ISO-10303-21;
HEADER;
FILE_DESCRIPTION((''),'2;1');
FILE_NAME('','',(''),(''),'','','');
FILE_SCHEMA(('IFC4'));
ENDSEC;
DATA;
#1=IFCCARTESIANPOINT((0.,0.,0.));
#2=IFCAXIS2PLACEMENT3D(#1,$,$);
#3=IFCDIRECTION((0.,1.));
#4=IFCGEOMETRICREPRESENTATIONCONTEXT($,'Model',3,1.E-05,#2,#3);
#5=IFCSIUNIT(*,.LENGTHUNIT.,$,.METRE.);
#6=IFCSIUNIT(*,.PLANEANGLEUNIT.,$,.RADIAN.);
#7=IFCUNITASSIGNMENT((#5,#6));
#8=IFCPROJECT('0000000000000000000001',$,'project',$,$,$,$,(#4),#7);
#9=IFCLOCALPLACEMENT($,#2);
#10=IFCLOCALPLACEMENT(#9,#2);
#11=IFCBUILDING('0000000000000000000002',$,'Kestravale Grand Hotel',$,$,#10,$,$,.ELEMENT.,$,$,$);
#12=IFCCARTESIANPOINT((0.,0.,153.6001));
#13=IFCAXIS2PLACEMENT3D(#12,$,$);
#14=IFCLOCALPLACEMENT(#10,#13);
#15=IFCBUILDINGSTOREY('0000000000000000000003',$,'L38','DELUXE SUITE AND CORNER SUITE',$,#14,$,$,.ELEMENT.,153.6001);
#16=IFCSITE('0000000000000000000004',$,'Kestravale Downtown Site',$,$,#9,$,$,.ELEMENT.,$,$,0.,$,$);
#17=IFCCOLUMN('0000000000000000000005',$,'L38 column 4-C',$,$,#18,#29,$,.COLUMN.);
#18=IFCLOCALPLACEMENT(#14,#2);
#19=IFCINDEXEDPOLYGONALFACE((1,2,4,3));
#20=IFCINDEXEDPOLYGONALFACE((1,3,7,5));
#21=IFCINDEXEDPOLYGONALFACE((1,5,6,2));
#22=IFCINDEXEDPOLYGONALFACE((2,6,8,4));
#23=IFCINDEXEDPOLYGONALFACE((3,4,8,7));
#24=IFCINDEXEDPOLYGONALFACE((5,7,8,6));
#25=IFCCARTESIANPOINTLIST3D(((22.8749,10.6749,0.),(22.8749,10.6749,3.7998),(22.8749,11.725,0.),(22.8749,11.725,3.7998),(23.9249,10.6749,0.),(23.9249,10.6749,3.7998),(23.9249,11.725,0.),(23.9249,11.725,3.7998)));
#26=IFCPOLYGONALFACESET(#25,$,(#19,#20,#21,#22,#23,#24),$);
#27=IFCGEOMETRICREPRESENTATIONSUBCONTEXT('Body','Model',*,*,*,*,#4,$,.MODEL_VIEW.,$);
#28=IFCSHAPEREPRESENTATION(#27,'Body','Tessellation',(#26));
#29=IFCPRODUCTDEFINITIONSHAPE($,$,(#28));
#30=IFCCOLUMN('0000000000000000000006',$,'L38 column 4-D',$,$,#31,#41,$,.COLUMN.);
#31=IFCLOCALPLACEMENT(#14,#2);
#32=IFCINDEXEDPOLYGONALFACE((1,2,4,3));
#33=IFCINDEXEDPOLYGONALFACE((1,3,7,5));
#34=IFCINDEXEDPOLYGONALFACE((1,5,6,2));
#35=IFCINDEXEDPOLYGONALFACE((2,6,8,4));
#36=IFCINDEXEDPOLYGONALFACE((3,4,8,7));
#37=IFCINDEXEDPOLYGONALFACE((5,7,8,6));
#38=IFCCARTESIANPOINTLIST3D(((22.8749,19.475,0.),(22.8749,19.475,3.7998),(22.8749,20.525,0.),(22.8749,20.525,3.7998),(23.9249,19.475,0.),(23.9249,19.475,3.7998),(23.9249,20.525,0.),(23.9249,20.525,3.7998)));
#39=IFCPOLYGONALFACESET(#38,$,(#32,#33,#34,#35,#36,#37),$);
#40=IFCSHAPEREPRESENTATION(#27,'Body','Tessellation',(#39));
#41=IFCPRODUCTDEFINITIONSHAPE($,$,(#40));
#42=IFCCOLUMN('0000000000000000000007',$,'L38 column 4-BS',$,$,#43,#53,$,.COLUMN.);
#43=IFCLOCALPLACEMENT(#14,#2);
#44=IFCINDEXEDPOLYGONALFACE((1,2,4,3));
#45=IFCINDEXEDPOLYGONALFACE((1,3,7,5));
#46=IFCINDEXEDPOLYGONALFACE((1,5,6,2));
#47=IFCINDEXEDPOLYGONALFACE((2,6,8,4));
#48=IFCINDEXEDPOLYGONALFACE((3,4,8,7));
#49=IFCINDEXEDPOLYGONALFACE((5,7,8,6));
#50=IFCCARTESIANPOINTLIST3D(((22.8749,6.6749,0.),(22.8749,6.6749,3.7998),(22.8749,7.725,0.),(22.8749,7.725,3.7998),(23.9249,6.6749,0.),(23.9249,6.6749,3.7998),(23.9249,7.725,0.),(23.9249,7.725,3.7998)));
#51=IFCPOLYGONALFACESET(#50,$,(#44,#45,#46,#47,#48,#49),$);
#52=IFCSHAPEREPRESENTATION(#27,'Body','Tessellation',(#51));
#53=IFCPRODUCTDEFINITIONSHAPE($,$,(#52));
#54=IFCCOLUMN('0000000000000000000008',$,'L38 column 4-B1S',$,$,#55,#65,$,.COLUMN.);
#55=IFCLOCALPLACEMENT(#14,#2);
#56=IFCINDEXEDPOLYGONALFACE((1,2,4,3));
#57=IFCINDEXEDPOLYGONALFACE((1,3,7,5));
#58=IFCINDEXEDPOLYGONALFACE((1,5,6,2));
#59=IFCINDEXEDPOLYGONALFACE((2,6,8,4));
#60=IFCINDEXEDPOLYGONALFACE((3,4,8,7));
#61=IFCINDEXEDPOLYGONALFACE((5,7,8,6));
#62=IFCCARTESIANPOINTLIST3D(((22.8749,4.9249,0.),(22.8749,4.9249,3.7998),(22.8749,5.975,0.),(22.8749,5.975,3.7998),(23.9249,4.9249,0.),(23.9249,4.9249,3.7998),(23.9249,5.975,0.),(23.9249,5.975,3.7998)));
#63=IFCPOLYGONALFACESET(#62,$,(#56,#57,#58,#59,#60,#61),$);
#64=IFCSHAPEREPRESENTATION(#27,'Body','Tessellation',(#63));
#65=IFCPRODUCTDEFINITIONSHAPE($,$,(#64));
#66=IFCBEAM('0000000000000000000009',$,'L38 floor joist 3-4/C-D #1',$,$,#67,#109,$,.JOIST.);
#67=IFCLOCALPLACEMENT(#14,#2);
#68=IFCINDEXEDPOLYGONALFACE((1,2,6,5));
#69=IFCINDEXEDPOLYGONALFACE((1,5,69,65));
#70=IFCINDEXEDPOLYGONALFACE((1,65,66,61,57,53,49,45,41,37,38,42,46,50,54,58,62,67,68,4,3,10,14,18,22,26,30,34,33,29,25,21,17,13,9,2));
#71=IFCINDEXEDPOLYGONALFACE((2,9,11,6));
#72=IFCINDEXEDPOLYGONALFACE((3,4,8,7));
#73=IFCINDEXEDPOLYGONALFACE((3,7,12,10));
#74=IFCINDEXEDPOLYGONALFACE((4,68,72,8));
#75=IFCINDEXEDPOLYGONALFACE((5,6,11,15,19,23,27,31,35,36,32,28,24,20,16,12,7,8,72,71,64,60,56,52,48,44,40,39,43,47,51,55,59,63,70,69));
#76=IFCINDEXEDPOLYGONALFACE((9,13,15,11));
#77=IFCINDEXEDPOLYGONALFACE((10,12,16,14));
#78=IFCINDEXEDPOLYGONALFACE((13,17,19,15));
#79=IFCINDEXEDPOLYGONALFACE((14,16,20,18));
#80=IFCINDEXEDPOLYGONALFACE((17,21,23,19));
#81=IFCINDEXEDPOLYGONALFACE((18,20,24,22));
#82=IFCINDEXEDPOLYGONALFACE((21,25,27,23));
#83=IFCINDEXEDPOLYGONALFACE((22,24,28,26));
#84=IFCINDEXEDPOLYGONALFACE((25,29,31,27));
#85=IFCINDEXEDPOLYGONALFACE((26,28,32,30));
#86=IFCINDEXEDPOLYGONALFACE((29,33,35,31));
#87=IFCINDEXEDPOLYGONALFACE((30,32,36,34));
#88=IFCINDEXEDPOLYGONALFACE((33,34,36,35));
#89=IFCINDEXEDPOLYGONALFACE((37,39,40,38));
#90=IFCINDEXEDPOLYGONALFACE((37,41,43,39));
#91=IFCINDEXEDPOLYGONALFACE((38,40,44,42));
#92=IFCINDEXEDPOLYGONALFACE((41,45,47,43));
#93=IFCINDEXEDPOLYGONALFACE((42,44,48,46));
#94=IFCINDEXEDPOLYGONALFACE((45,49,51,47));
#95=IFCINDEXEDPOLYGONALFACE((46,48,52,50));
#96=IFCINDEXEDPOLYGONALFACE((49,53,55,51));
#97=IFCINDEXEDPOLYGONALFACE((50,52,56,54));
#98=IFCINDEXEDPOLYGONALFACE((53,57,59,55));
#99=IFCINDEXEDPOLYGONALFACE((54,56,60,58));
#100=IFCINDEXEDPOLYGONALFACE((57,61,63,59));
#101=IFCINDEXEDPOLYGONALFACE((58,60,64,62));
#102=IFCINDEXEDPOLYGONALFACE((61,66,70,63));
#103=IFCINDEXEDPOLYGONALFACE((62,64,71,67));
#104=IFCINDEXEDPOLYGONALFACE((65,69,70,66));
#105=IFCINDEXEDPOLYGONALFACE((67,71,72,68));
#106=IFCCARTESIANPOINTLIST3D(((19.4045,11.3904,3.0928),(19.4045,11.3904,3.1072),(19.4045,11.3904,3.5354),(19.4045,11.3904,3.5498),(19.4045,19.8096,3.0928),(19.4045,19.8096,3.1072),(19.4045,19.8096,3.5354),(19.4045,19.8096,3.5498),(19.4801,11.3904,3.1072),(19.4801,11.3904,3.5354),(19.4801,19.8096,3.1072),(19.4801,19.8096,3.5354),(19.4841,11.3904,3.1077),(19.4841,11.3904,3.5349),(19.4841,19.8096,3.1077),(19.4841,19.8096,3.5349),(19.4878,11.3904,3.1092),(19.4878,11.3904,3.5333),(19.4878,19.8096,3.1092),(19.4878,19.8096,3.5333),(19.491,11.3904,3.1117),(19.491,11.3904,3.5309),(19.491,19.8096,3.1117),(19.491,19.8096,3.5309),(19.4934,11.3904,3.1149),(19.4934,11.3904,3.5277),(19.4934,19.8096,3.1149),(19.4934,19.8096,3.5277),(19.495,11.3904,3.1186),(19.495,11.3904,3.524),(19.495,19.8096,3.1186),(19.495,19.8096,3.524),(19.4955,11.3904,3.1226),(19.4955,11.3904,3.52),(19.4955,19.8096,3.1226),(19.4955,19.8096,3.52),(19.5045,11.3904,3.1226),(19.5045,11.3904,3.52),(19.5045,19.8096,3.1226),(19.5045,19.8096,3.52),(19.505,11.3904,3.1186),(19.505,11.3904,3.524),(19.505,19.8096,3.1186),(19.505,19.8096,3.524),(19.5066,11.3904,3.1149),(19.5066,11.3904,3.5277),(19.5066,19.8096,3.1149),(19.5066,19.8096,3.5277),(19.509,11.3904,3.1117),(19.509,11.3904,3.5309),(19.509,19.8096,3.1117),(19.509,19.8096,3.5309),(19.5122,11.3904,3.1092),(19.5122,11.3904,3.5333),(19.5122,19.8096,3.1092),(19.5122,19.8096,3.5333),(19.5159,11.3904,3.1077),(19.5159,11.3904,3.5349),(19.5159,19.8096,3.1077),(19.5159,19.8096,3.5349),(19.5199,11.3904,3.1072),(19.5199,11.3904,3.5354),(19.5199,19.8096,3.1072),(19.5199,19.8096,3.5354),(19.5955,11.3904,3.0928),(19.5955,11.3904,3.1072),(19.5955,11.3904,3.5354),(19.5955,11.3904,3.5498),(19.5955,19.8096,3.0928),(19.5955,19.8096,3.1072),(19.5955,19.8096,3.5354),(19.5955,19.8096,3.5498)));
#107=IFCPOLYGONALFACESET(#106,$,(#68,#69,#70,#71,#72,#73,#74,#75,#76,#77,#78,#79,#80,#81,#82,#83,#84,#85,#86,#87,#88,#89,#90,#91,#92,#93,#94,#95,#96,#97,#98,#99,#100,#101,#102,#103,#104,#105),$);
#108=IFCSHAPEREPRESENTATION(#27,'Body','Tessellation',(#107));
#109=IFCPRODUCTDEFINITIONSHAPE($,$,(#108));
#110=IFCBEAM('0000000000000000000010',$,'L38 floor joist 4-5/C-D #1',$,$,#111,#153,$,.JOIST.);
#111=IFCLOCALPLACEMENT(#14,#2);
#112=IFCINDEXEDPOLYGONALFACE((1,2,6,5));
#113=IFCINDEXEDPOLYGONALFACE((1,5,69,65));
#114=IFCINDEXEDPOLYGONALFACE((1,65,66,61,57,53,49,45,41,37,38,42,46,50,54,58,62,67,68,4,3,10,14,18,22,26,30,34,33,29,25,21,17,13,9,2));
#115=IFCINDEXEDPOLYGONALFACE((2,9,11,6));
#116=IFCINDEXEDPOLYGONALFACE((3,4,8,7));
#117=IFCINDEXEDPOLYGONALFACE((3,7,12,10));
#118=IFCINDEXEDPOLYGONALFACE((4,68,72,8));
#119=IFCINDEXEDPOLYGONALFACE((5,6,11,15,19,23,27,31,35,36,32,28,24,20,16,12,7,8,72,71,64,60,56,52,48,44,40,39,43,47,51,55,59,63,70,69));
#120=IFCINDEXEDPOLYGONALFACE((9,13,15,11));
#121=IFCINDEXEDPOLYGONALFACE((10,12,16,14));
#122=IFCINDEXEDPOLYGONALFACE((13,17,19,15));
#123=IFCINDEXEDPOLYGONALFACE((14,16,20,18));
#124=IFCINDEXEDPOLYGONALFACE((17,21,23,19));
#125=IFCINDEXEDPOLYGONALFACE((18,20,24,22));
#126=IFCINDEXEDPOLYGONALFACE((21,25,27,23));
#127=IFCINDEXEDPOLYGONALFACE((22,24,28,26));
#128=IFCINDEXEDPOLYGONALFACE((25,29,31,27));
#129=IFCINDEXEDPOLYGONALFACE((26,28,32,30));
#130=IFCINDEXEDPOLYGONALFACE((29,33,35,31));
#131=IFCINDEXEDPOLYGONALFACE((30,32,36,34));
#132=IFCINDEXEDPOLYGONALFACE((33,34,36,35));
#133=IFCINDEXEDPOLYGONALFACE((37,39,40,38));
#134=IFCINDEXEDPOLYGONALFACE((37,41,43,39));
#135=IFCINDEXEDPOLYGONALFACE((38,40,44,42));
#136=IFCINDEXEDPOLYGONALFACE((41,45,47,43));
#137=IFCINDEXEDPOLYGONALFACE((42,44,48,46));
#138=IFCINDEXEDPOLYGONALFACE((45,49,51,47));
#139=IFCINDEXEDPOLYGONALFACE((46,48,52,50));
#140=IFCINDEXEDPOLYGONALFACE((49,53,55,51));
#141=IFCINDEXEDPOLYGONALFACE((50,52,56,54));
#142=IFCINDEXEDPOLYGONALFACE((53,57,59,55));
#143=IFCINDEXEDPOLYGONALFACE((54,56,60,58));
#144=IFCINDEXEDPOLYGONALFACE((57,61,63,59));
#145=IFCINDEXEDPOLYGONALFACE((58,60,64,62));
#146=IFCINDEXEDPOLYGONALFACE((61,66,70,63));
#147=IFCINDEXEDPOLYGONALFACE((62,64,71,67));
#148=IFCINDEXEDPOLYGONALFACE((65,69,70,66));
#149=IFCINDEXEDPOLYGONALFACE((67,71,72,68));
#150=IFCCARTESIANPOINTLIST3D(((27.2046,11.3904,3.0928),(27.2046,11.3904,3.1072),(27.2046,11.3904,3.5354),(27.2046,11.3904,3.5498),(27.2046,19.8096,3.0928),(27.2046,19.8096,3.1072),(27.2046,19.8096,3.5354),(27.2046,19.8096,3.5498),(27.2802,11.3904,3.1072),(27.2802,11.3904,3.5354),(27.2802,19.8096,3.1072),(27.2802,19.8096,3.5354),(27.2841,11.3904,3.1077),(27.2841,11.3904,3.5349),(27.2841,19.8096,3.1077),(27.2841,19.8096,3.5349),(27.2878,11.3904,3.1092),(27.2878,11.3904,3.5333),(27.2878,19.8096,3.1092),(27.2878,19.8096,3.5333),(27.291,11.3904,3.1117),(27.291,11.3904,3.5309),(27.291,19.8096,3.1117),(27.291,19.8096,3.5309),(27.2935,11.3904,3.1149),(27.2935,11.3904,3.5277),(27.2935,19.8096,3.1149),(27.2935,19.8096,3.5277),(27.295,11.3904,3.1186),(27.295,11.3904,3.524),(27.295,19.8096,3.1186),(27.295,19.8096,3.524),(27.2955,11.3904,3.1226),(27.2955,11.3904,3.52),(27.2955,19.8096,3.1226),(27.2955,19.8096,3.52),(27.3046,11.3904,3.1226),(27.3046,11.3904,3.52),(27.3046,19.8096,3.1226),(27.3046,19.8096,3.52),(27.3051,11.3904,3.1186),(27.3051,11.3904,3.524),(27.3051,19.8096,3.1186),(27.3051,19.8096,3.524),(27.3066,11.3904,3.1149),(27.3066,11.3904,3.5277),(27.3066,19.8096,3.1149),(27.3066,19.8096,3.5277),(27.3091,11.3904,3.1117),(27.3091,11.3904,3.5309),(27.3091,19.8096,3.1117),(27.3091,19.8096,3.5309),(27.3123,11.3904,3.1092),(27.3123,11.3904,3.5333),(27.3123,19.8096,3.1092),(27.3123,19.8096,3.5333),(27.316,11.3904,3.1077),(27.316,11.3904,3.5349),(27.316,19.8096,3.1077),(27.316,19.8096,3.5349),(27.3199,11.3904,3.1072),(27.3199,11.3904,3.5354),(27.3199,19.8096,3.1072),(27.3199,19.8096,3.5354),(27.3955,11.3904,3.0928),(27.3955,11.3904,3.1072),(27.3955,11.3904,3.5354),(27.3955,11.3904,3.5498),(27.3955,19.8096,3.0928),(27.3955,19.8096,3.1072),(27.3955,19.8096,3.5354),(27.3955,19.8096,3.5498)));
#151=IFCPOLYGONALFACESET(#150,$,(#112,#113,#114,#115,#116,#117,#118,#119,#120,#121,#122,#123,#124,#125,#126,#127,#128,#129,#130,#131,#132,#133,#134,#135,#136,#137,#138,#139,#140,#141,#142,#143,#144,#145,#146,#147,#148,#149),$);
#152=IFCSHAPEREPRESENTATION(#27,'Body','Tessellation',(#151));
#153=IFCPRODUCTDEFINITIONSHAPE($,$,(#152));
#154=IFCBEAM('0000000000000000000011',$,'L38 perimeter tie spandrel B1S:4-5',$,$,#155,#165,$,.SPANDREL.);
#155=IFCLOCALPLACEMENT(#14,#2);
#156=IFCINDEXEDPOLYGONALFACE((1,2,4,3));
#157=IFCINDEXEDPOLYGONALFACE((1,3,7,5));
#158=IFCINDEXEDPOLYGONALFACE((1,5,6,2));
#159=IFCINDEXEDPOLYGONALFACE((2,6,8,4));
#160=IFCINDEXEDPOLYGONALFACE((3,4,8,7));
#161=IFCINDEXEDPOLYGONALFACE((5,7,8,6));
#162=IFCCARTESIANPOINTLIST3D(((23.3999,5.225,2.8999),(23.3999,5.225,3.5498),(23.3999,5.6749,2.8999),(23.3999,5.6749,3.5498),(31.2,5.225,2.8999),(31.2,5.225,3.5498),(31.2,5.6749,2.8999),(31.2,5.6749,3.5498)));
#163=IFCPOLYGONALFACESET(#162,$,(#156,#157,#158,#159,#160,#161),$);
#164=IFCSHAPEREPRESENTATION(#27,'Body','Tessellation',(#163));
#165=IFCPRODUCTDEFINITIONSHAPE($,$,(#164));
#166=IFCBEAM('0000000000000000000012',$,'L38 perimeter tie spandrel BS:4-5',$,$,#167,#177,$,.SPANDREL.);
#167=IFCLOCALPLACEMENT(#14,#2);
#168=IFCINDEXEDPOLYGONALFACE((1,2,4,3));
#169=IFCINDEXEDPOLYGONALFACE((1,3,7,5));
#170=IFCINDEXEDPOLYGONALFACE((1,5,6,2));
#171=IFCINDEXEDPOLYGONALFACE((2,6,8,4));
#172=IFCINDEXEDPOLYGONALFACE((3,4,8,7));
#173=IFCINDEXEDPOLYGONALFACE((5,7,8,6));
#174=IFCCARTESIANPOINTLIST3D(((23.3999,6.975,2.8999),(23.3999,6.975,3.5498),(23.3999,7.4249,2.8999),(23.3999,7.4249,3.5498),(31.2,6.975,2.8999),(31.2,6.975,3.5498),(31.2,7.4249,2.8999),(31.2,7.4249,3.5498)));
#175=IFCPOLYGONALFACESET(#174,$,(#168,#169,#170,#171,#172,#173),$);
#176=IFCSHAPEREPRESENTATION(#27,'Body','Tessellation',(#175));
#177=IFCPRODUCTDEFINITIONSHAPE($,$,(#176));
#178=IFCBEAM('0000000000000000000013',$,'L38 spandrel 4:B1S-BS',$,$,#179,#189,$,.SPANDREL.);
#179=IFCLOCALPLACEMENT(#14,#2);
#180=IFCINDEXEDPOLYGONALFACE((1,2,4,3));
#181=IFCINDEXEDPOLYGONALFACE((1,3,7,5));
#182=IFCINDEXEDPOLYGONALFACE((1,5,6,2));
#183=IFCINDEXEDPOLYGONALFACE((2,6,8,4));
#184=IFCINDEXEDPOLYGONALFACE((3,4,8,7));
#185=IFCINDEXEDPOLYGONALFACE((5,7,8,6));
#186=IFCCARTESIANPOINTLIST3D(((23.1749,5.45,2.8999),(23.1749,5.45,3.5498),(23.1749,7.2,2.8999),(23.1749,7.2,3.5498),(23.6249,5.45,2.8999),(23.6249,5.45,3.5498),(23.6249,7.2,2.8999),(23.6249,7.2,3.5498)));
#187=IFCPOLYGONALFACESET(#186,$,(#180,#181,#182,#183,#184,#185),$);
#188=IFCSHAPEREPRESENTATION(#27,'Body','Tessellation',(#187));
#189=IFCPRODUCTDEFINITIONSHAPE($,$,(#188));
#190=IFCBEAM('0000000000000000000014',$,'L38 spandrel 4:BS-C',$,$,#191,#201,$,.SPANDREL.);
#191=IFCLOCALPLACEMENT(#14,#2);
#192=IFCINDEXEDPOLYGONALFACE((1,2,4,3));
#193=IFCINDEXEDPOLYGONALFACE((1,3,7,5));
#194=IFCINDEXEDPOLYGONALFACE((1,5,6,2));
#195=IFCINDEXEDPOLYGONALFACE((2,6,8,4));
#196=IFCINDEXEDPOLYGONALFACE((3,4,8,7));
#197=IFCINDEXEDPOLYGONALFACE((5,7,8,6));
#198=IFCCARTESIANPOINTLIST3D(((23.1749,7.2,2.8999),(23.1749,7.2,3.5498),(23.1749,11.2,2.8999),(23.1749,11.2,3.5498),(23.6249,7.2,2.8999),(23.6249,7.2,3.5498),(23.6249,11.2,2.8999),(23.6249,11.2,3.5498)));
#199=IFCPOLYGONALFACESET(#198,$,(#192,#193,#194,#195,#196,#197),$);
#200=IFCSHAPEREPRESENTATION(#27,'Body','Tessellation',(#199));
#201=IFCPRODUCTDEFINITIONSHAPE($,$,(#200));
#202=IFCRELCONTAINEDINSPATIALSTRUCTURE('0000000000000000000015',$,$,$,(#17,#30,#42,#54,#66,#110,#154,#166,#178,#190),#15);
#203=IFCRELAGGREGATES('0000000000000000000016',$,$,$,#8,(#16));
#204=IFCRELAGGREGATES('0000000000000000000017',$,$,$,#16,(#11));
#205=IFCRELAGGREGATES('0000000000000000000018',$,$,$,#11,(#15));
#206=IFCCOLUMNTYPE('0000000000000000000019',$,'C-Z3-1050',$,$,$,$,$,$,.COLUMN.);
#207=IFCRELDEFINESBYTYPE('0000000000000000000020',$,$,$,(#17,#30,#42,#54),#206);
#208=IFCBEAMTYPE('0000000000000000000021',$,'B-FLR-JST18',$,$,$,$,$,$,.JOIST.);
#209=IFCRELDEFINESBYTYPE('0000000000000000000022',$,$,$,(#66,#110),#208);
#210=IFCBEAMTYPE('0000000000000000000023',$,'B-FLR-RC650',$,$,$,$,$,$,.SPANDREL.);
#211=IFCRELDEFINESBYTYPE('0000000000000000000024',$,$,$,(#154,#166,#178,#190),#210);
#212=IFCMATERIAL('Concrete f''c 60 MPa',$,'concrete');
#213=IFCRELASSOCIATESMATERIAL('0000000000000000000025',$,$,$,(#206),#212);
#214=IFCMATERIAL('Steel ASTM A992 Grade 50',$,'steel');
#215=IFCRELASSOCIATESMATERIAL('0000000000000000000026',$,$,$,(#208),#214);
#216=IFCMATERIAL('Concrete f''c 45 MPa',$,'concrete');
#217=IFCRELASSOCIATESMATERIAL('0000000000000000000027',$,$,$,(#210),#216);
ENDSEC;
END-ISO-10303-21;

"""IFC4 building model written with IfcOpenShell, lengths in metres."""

from ifc_helpers import new_model, si_unit, direction, frame, origin, origin_2d, place, context, subcontext, project, spatial, rectangle, i_section, extrude, material, material_profile, profile_set, type_object, element, save


model = new_model("IFC4")

# Units and contexts
model_context = context("Model", 3, precision=1e-05, world=origin(), true_north=direction((0.0, 1.0)))
body_context = subcontext(model_context, "Body", "Model", "MODEL_VIEW")
ifc_project = project(units=[si_unit("LENGTHUNIT", "METRE"), si_unit("PLANEANGLEUNIT", "RADIAN")], contexts=[model_context])

# Site, building, storey
site_placement = place(None, origin())
site = spatial("IfcSite", under=ifc_project, at=site_placement, Name="Kestravale Downtown Site", CompositionType="ELEMENT", RefElevation=0.0)
building_placement = place(site_placement, origin())
building = spatial("IfcBuilding", under=site, at=building_placement, Name="Kestravale Grand Hotel", CompositionType="ELEMENT")
storey_placement = place(building_placement, frame((0.0, 0.0, 153.6001)))
storey = spatial("IfcBuildingStorey", under=building, at=storey_placement, Name="L38", Description="DELUXE SUITE AND CORNER SUITE", CompositionType="ELEMENT", Elevation=153.6001)

# Columns
ifc_material_1 = material(Name="Concrete f'c 60 MPa", Category="concrete")
ifc_material_profile_1 = material_profile(ifc_material_1, rectangle(XDim=1.05, YDim=1.05, at=origin_2d()))
ifc_profile_set_1 = profile_set([ifc_material_profile_1], Name="Concrete f'c 60 MPa")
column_type = type_object("IfcColumnType", Name="C-Z3-1050", PredefinedType="COLUMN", material=ifc_profile_set_1)
for number, where, z_axis, x_axis, name in (
    (1, (23.3999, 11.2, 0.0), (0.0, 0.0, 1.0), (1.0, 0.0, 0.0), "L38 column 4-C"),
    (2, (23.3999, 20.0, 0.0), (0.0, 0.0, 1.0), (1.0, 0.0, 0.0), "L38 column 4-D"),
    (3, (23.3999, 7.2, 0.0), (0.0, 0.0, 1.0), (1.0, 0.0, 0.0), "L38 column 4-BS"),
    (4, (23.3999, 5.45, 0.0), (0.0, 0.0, 1.0), (1.0, 0.0, 0.0), "L38 column 4-B1S"),
):
    element("IfcColumn", number, at=place(storey_placement, frame(where, z_axis=z_axis, x_axis=x_axis)), inside=storey, type_object=column_type, Name=name, PredefinedType="COLUMN", context=body_context, shape_type="SweptSolid", body=[
        extrude(rectangle(XDim=1.05, YDim=1.05, at=origin_2d()), origin(), (0.0, 0.0, 1.0), 3.7998),
    ])

# Beams
ifc_material_2 = material(Name="Steel ASTM A992 Grade 50", Category="steel")
ifc_material_profile_2 = material_profile(ifc_material_2, i_section(OverallWidth=0.1909, OverallDepth=0.457, WebThickness=0.009, FlangeThickness=0.0144, FilletRadius=0.0154, at=origin_2d()))
ifc_profile_set_2 = profile_set([ifc_material_profile_2], Name="Steel ASTM A992 Grade 50")
beam_type_1 = type_object("IfcBeamType", Name="B-FLR-JST18", PredefinedType="JOIST", material=ifc_profile_set_2)
for number, where, z_axis, x_axis, name in (
    (5, (19.5, 11.3904, 3.3213), (0.0, 1.0, 0.0), (-1.0, 0.0, 0.0), "L38 floor joist 3-4/C-D #1"),
    (6, (27.3, 11.3904, 3.3213), (0.0, 1.0, 0.0), (-1.0, 0.0, 0.0), "L38 floor joist 4-5/C-D #1"),
):
    element("IfcBeam", number, at=place(storey_placement, frame(where, z_axis=z_axis, x_axis=x_axis)), inside=storey, type_object=beam_type_1, Name=name, PredefinedType="JOIST", context=body_context, shape_type="SweptSolid", body=[
        extrude(i_section(OverallWidth=0.1909, OverallDepth=0.457, WebThickness=0.009, FlangeThickness=0.0144, FilletRadius=0.0154, at=origin_2d()), origin(), (0.0, 0.0, 1.0), 8.4192),
    ])
ifc_material_3 = material(Name="Concrete f'c 45 MPa", Category="concrete")
ifc_material_profile_3 = material_profile(ifc_material_3, rectangle(XDim=0.45, YDim=0.6499, at=origin_2d()))
ifc_profile_set_3 = profile_set([ifc_material_profile_3], Name="Concrete f'c 45 MPa")
beam_type_2 = type_object("IfcBeamType", Name="B-FLR-RC650", PredefinedType="SPANDREL", material=ifc_profile_set_3)
for number, where, z_axis, x_axis, name in (
    (7, (23.3999, 5.45, 3.2249), (1.0, 0.0, 0.0), (0.0, 1.0, 0.0), "L38 perimeter tie spandrel B1S:4-5"),
    (8, (23.3999, 7.2, 3.2249), (1.0, 0.0, 0.0), (0.0, 1.0, 0.0), "L38 perimeter tie spandrel BS:4-5"),
):
    element("IfcBeam", number, at=place(storey_placement, frame(where, z_axis=z_axis, x_axis=x_axis)), inside=storey, type_object=beam_type_2, Name=name, PredefinedType="SPANDREL", context=body_context, shape_type="SweptSolid", body=[
        extrude(rectangle(XDim=0.45, YDim=0.6499, at=origin_2d()), origin(), (0.0, 0.0, 1.0), 7.8),
    ])
beam_1_placement = place(storey_placement, frame((23.3999, 5.45, 3.2249), z_axis=(0.0, 1.0, 0.0), x_axis=(-1.0, 0.0, 0.0)))
element("IfcBeam", 9, at=beam_1_placement, inside=storey, type_object=beam_type_2, Name="L38 spandrel 4:B1S-BS", PredefinedType="SPANDREL", context=body_context, shape_type="SweptSolid", body=[
    extrude(rectangle(XDim=0.45, YDim=0.6499, at=origin_2d()), origin(), (0.0, 0.0, 1.0), 1.75),
])
beam_2_placement = place(storey_placement, frame((23.3999, 7.2, 3.2249), z_axis=(0.0, 1.0, 0.0), x_axis=(-1.0, 0.0, 0.0)))
element("IfcBeam", 10, at=beam_2_placement, inside=storey, type_object=beam_type_2, Name="L38 spandrel 4:BS-C", PredefinedType="SPANDREL", context=body_context, shape_type="SweptSolid", body=[
    extrude(rectangle(XDim=0.45, YDim=0.6499, at=origin_2d()), origin(), (0.0, 0.0, 1.0), 4.0),
])

save(model, "model.ifc")
